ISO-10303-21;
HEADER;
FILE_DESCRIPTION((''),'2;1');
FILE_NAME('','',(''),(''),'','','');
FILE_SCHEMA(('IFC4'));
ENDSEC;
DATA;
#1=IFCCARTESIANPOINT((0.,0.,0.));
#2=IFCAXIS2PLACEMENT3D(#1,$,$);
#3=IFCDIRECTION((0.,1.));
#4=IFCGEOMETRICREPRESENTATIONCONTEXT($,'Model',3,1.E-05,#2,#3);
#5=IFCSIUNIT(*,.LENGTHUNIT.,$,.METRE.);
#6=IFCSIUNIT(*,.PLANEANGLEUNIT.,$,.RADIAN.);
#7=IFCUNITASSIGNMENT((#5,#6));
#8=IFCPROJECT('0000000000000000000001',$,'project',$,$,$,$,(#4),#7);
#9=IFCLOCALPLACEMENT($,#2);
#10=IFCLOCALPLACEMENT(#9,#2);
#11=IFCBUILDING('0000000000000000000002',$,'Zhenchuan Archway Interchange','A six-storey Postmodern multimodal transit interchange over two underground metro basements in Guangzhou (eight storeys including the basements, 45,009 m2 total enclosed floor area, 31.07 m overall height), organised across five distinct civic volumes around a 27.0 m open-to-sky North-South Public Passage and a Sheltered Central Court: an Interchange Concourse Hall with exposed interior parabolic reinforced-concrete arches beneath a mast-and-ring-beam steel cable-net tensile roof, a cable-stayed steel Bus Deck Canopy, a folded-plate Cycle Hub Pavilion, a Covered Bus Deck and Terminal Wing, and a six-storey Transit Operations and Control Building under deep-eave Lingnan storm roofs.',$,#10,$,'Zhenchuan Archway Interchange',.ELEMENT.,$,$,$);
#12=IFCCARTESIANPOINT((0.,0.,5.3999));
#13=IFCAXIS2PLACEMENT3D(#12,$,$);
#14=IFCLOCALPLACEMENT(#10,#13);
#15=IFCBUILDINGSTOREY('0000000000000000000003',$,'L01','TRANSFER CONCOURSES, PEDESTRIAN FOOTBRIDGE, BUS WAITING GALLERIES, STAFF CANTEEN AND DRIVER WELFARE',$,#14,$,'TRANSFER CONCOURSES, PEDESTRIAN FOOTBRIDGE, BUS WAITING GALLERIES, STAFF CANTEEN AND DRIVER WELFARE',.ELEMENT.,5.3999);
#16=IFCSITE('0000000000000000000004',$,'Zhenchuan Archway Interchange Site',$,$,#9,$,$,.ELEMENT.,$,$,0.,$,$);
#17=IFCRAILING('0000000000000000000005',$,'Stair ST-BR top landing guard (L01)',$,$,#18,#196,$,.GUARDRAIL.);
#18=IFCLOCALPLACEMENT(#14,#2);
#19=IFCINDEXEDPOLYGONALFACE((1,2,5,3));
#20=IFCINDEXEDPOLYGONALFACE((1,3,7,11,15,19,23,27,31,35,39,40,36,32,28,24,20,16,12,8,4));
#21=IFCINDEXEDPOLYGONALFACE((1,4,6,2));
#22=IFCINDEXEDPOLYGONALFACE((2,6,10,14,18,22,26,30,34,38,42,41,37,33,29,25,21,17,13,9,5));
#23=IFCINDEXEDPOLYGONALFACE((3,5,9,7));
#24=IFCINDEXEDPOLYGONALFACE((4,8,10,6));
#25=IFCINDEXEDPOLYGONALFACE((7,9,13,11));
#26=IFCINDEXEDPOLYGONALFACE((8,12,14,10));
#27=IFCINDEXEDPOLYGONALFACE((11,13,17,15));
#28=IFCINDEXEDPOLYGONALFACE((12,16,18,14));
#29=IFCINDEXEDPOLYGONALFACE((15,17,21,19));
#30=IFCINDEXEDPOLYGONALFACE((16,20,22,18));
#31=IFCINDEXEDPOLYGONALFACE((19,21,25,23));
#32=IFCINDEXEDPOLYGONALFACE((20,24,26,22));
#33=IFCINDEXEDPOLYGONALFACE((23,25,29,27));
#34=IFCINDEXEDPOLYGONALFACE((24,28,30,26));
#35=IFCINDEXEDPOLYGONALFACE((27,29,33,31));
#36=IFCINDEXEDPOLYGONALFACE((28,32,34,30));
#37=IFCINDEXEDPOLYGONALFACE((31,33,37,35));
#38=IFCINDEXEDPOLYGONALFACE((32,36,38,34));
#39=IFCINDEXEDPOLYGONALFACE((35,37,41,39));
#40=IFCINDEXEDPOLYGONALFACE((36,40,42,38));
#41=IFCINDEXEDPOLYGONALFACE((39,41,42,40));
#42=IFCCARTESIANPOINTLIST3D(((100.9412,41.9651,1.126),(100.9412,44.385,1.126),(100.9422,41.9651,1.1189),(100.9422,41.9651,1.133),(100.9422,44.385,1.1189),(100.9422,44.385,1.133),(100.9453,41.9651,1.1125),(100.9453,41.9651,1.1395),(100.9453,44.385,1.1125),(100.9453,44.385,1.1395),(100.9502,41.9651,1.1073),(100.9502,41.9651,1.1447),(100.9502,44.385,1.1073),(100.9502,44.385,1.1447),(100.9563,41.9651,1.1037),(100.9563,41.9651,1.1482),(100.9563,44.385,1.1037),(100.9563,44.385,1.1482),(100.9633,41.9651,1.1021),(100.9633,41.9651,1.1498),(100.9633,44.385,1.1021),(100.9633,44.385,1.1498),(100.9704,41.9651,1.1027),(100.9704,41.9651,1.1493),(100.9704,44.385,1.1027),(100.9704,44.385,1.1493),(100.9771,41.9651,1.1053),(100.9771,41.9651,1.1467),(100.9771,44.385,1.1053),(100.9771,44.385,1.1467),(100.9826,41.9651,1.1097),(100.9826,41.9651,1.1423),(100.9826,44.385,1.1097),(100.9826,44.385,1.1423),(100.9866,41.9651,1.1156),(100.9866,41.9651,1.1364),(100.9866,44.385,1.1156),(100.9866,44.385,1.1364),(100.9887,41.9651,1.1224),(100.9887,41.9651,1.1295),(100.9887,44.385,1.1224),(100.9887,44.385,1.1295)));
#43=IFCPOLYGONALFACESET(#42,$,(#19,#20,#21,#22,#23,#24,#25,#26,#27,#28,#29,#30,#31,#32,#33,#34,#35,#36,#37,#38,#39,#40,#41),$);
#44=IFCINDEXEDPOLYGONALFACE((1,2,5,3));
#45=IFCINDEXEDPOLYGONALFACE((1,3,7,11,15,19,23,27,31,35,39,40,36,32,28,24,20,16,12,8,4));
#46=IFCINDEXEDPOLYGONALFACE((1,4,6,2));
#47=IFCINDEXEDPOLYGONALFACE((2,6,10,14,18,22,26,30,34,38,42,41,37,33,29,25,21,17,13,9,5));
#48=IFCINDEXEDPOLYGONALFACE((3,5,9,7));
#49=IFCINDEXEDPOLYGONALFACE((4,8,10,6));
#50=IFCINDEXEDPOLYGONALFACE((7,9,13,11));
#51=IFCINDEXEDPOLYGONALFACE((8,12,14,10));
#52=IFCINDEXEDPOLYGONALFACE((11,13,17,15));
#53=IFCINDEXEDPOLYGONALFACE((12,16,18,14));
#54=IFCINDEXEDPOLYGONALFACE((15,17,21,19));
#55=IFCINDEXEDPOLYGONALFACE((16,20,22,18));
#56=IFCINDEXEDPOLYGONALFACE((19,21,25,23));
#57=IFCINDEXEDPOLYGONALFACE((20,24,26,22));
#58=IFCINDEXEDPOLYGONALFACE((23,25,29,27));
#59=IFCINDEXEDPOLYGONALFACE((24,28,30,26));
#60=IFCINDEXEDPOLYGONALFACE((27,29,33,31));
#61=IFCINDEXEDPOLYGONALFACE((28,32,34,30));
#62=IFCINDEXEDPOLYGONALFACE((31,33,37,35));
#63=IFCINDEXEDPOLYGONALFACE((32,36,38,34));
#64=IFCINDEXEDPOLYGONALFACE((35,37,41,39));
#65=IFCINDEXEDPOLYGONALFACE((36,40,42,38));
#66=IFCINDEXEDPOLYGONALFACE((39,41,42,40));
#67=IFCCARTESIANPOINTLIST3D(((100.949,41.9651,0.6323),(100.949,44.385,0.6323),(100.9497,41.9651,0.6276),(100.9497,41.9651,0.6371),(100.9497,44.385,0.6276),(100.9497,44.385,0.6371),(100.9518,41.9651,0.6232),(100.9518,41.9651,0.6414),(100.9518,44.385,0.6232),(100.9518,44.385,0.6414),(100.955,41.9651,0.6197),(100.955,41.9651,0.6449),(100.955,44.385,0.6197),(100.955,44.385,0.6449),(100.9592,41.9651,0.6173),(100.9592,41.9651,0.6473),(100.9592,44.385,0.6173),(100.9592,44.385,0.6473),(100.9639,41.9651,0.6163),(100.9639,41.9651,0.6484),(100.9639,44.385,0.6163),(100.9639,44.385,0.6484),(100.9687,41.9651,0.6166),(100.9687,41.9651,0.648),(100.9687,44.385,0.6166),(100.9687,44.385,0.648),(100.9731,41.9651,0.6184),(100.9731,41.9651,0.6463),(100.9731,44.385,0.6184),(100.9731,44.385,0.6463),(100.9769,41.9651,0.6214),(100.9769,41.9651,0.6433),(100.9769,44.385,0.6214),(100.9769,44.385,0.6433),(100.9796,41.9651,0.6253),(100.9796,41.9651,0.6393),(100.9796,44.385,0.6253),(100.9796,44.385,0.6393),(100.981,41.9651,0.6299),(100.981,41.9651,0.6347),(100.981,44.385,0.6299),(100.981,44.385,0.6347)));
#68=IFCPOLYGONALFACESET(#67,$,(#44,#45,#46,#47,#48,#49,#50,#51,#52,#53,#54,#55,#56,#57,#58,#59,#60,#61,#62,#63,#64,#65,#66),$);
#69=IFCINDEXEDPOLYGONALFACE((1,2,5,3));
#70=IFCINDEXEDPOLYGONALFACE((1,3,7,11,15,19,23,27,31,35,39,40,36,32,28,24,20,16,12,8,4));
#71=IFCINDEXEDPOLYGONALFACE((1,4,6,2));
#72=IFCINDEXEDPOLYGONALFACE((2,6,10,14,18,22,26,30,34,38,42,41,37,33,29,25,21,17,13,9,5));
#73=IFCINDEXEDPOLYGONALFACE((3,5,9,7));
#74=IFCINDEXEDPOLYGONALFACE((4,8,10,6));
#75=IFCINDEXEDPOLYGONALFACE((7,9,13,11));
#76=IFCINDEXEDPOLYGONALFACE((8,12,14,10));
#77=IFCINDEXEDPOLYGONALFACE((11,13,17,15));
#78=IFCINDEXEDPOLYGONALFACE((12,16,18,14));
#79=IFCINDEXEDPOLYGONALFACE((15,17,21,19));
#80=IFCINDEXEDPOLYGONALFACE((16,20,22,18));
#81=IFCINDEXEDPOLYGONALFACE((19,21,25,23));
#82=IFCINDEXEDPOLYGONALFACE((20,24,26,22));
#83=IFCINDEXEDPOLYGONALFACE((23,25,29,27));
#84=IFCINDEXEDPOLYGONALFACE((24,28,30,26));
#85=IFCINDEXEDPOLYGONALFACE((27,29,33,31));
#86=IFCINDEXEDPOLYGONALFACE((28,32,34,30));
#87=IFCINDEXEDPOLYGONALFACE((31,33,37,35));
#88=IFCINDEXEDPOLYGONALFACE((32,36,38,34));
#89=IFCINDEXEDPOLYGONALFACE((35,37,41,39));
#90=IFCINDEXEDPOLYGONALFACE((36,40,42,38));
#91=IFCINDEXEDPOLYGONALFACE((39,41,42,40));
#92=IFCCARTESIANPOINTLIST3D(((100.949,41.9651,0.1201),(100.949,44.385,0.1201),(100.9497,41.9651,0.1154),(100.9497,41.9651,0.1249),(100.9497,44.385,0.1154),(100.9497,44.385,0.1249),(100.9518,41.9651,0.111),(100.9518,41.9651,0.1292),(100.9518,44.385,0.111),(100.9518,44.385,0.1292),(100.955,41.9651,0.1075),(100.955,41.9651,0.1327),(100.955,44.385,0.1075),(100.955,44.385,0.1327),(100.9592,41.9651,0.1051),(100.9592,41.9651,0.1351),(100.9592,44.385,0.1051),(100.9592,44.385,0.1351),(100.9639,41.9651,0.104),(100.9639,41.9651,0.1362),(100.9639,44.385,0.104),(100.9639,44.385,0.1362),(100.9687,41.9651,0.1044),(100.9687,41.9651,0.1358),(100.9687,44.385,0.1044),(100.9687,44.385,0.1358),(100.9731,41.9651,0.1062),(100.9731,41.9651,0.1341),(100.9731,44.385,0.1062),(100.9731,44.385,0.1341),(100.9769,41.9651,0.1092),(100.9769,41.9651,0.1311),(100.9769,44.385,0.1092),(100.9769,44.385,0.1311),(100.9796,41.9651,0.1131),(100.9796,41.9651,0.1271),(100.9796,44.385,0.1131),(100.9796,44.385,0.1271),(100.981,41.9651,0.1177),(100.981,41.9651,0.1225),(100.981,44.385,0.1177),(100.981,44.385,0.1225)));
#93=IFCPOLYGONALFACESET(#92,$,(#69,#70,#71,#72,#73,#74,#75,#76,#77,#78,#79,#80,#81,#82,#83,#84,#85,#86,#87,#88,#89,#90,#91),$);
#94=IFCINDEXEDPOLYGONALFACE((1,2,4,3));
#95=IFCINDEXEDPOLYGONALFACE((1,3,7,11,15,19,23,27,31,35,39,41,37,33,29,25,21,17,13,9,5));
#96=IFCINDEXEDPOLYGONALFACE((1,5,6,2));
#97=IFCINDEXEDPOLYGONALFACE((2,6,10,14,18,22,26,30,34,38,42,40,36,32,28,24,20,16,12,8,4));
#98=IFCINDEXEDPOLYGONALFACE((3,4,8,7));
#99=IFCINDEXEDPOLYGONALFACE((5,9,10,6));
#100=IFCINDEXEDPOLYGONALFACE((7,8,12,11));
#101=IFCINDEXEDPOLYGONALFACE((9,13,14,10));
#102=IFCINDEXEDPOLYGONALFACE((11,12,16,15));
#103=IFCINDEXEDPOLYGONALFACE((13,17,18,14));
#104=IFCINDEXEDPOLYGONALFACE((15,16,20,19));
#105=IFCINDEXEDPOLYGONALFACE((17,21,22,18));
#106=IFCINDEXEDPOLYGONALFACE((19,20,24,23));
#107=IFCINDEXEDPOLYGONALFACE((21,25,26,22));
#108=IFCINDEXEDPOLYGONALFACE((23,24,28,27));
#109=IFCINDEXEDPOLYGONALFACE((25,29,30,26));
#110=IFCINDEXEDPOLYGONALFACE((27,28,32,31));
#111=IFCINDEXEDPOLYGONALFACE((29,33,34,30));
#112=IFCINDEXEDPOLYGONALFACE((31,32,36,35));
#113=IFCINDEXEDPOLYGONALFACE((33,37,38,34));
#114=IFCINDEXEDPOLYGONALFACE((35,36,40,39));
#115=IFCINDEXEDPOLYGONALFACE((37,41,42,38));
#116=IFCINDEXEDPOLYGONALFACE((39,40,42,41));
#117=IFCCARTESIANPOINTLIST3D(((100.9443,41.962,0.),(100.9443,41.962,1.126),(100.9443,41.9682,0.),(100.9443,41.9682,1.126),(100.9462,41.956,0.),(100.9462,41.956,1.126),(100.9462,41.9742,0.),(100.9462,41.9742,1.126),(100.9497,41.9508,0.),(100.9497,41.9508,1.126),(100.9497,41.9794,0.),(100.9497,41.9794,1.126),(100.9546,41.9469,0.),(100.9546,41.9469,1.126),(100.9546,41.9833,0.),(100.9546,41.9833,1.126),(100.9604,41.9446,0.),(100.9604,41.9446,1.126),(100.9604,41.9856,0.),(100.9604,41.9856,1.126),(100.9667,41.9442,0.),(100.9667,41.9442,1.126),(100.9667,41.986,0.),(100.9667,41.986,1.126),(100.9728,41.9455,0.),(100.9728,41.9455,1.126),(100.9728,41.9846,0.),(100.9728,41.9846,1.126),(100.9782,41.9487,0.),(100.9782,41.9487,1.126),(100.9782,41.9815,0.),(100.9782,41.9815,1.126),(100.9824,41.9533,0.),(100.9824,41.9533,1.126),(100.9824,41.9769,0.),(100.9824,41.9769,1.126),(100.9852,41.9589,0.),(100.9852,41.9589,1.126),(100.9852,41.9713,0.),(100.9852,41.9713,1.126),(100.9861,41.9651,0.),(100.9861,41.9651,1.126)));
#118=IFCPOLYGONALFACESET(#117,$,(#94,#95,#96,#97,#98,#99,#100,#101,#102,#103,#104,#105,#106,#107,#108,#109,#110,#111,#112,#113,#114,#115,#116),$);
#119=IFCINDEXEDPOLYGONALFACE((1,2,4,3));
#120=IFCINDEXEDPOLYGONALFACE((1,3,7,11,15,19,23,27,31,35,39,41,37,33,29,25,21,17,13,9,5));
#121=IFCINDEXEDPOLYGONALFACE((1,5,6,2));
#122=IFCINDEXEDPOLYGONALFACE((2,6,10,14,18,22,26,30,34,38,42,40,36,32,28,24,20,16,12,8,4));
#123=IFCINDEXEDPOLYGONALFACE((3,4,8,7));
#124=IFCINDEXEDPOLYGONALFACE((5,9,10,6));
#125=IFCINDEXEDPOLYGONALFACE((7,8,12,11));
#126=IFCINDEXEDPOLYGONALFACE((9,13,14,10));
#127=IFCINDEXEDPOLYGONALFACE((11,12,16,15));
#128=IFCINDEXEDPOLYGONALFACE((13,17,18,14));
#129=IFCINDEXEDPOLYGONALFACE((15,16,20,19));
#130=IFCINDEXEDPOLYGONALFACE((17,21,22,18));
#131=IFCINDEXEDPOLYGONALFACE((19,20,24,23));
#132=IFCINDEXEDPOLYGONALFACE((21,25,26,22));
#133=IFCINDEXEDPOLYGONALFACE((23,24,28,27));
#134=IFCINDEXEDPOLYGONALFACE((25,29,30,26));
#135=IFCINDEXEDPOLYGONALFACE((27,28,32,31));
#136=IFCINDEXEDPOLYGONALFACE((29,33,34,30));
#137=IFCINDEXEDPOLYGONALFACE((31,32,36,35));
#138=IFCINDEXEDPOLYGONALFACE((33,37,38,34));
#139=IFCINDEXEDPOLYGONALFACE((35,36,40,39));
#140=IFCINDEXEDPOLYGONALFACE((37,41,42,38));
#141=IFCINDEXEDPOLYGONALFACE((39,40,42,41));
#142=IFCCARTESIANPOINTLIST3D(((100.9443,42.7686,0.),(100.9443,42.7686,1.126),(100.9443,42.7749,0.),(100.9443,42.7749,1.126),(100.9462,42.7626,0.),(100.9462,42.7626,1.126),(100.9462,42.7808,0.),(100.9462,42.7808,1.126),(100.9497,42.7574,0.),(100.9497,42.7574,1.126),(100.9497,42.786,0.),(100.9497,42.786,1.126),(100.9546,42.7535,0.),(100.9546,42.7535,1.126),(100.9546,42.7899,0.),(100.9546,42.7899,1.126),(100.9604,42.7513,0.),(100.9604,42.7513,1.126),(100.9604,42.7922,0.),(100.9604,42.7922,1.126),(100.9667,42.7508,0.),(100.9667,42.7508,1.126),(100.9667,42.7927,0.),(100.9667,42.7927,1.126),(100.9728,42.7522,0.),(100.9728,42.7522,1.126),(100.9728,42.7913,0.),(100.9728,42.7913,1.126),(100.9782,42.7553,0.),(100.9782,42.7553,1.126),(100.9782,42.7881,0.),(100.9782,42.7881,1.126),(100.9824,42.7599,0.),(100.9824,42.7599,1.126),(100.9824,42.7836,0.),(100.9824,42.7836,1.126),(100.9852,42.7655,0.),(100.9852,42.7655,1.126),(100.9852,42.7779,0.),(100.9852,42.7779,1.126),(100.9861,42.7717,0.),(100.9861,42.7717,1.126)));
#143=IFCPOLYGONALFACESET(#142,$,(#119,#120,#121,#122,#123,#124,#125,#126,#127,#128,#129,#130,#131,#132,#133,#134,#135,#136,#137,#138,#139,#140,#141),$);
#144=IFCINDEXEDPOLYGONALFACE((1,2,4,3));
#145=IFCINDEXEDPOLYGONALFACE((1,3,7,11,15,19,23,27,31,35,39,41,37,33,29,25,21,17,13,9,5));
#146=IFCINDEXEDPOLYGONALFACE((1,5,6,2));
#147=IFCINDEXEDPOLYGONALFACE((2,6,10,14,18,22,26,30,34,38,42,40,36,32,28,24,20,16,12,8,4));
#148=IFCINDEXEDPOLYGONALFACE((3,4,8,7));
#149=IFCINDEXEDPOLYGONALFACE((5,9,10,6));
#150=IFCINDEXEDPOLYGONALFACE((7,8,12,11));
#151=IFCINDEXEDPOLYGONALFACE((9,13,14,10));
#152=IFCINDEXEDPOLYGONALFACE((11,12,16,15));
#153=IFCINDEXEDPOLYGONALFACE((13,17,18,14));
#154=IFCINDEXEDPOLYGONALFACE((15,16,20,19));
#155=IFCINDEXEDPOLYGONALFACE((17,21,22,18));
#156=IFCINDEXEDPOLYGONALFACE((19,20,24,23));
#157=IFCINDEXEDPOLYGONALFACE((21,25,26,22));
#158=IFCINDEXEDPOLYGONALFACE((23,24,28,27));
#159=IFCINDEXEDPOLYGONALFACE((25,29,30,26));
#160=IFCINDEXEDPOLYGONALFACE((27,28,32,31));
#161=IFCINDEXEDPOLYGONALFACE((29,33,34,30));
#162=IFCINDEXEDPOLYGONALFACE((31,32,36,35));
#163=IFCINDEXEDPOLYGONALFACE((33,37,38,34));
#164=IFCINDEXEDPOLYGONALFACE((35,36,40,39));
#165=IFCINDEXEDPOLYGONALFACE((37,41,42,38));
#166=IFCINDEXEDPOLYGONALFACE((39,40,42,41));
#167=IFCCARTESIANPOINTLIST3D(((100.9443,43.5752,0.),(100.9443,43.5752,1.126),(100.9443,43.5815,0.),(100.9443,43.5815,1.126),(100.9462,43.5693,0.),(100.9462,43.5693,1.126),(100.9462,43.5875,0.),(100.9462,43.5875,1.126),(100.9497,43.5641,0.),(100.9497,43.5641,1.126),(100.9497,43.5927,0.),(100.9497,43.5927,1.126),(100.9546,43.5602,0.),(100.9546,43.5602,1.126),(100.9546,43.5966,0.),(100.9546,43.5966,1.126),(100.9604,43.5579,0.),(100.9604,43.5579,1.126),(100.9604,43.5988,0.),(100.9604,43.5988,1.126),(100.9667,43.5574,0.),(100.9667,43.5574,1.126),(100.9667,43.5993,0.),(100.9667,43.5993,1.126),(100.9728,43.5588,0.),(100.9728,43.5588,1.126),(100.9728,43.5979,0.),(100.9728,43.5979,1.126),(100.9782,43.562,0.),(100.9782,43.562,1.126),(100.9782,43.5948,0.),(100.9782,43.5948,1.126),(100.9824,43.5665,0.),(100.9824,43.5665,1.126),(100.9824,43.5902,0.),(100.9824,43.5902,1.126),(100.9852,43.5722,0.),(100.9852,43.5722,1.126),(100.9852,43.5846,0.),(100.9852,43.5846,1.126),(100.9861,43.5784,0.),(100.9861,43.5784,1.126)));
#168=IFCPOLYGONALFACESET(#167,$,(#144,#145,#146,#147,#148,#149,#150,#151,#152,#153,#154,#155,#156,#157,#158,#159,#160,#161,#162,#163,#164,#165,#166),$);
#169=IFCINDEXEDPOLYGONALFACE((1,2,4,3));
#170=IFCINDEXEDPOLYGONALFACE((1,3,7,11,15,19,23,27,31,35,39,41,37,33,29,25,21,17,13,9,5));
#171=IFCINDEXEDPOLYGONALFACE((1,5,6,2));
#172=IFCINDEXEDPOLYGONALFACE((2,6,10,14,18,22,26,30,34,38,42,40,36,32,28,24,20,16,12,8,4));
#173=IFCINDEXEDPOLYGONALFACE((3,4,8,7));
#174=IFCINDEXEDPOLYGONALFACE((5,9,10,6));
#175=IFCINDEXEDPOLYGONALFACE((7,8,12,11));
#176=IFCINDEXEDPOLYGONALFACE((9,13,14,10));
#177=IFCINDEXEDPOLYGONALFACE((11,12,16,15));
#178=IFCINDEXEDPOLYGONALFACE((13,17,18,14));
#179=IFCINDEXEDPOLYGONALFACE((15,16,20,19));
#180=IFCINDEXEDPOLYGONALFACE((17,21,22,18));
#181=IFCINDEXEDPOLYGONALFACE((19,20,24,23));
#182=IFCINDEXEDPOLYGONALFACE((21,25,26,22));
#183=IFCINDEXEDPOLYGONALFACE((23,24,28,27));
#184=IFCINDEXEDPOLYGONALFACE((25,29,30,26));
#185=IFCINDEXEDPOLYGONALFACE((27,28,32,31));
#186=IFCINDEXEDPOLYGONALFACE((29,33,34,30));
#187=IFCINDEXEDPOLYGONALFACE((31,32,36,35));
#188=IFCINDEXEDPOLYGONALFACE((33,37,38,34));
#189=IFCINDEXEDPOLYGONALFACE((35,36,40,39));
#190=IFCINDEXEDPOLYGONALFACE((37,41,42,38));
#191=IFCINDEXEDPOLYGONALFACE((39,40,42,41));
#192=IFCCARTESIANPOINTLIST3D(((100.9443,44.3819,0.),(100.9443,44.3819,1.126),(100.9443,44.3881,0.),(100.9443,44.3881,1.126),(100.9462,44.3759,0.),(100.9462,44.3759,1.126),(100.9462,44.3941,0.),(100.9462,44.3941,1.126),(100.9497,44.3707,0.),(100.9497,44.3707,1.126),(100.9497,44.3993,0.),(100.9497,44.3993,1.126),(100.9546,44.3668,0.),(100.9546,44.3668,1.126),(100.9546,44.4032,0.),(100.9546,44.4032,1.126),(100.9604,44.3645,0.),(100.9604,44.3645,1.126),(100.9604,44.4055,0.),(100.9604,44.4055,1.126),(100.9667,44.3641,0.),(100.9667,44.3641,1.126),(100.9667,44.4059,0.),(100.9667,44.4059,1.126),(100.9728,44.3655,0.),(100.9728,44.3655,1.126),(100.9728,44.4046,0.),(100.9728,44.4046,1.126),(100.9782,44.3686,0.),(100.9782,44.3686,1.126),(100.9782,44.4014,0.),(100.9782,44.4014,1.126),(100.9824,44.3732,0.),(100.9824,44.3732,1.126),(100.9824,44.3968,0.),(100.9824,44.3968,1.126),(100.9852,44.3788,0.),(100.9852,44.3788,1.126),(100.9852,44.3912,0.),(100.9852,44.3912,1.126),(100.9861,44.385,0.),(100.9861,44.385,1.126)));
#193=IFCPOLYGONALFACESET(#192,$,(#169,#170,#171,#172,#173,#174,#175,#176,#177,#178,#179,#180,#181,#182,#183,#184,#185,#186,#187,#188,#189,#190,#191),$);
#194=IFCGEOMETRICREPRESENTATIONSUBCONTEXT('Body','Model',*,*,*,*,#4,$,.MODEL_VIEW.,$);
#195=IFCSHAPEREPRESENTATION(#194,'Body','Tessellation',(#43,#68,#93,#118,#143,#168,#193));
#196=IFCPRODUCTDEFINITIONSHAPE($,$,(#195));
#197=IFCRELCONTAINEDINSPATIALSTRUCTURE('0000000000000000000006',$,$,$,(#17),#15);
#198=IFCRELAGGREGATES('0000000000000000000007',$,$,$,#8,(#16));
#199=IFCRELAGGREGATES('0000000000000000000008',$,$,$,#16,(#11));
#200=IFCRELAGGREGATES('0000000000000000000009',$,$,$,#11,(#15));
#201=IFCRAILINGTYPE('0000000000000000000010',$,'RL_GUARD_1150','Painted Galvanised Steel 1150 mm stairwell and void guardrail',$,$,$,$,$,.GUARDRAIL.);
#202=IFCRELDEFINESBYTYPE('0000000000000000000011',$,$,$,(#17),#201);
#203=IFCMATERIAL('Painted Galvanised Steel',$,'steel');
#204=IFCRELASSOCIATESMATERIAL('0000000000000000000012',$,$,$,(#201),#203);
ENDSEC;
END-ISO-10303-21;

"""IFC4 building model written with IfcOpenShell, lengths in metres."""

from ifc_helpers import new_model, si_unit, direction, frame, origin, origin_2d, place, context, subcontext, project, spatial, circle, extrude, material, type_object, element, save


model = new_model("IFC4")

# Units and contexts
model_context = context("Model", 3, precision=1e-05, world=origin(), true_north=direction((0.0, 1.0)))
body_context = subcontext(model_context, "Body", "Model", "MODEL_VIEW")
ifc_project = project(units=[si_unit("LENGTHUNIT", "METRE"), si_unit("PLANEANGLEUNIT", "RADIAN")], contexts=[model_context])

# Site, building, storey
site_placement = place(None, origin())
site = spatial("IfcSite", under=ifc_project, at=site_placement, Name="Zhenchuan Archway Interchange Site", CompositionType="ELEMENT", RefElevation=0.0)
building_placement = place(site_placement, origin())
building = spatial("IfcBuilding", under=site, at=building_placement, Name="Zhenchuan Archway Interchange", Description="A six-storey Postmodern multimodal transit interchange over two underground metro basements in Guangzhou (eight storeys including the basements, 45,009 m2 total enclosed floor area, 31.07 m overall height), organised across five distinct civic volumes around a 27.0 m open-to-sky North-South Public Passage and a Sheltered Central Court: an Interchange Concourse Hall with exposed interior parabolic reinforced-concrete arches beneath a mast-and-ring-beam steel cable-net tensile roof, a cable-stayed steel Bus Deck Canopy, a folded-plate Cycle Hub Pavilion, a Covered Bus Deck and Terminal Wing, and a six-storey Transit Operations and Control Building under deep-eave Lingnan storm roofs.", LongName="Zhenchuan Archway Interchange", CompositionType="ELEMENT")
storey_placement = place(building_placement, frame((0.0, 0.0, 5.3999)))
storey = spatial("IfcBuildingStorey", under=building, at=storey_placement, Name="L01", Description="TRANSFER CONCOURSES, PEDESTRIAN FOOTBRIDGE, BUS WAITING GALLERIES, STAFF CANTEEN AND DRIVER WELFARE", LongName="TRANSFER CONCOURSES, PEDESTRIAN FOOTBRIDGE, BUS WAITING GALLERIES, STAFF CANTEEN AND DRIVER WELFARE", CompositionType="ELEMENT", Elevation=5.3999)

# Railing
ifc_material_1 = material(Name="Painted Galvanised Steel", Category="steel")
railing_type = type_object("IfcRailingType", Name="RL_GUARD_1150", Description="Painted Galvanised Steel 1150 mm stairwell and void guardrail", PredefinedType="GUARDRAIL", material=ifc_material_1)
railing_placement = place(storey_placement, frame((100.9651, 41.9651, 0.0)))
element("IfcRailing", 1, at=railing_placement, inside=storey, type_object=railing_type, Name="Stair ST-BR top landing guard (L01)", PredefinedType="GUARDRAIL", context=body_context, shape_type="SweptSolid", body=[
    extrude(circle(Radius=0.0239, at=origin_2d()), frame((0.0, 0.0, 1.126), z_axis=(0.0, 1.0, 0.0), x_axis=(-1.0, 0.0, 0.0)), (0.0, 0.0, 1.0), 2.4199),
    extrude(circle(Radius=0.0161, at=origin_2d()), frame((0.0, 0.0, 0.6323), z_axis=(0.0, 1.0, 0.0), x_axis=(-1.0, 0.0, 0.0)), (0.0, 0.0, 1.0), 2.4199),
    extrude(circle(Radius=0.0161, at=origin_2d()), frame((0.0, 0.0, 0.1201), z_axis=(0.0, 1.0, 0.0), x_axis=(-1.0, 0.0, 0.0)), (0.0, 0.0, 1.0), 2.4199),
    extrude(circle(Radius=0.021, at=origin_2d()), origin(), (0.0, 0.0, 1.0), 1.126),
    extrude(circle(Radius=0.021, at=origin_2d()), frame((0.0, 0.8066, 0.0)), (0.0, 0.0, 1.0), 1.126),
    extrude(circle(Radius=0.021, at=origin_2d()), frame((0.0, 1.6133, 0.0)), (0.0, 0.0, 1.0), 1.126),
    extrude(circle(Radius=0.021, at=origin_2d()), frame((0.0, 2.4199, 0.0)), (0.0, 0.0, 1.0), 1.126),
])

save(model, "model.ifc")
